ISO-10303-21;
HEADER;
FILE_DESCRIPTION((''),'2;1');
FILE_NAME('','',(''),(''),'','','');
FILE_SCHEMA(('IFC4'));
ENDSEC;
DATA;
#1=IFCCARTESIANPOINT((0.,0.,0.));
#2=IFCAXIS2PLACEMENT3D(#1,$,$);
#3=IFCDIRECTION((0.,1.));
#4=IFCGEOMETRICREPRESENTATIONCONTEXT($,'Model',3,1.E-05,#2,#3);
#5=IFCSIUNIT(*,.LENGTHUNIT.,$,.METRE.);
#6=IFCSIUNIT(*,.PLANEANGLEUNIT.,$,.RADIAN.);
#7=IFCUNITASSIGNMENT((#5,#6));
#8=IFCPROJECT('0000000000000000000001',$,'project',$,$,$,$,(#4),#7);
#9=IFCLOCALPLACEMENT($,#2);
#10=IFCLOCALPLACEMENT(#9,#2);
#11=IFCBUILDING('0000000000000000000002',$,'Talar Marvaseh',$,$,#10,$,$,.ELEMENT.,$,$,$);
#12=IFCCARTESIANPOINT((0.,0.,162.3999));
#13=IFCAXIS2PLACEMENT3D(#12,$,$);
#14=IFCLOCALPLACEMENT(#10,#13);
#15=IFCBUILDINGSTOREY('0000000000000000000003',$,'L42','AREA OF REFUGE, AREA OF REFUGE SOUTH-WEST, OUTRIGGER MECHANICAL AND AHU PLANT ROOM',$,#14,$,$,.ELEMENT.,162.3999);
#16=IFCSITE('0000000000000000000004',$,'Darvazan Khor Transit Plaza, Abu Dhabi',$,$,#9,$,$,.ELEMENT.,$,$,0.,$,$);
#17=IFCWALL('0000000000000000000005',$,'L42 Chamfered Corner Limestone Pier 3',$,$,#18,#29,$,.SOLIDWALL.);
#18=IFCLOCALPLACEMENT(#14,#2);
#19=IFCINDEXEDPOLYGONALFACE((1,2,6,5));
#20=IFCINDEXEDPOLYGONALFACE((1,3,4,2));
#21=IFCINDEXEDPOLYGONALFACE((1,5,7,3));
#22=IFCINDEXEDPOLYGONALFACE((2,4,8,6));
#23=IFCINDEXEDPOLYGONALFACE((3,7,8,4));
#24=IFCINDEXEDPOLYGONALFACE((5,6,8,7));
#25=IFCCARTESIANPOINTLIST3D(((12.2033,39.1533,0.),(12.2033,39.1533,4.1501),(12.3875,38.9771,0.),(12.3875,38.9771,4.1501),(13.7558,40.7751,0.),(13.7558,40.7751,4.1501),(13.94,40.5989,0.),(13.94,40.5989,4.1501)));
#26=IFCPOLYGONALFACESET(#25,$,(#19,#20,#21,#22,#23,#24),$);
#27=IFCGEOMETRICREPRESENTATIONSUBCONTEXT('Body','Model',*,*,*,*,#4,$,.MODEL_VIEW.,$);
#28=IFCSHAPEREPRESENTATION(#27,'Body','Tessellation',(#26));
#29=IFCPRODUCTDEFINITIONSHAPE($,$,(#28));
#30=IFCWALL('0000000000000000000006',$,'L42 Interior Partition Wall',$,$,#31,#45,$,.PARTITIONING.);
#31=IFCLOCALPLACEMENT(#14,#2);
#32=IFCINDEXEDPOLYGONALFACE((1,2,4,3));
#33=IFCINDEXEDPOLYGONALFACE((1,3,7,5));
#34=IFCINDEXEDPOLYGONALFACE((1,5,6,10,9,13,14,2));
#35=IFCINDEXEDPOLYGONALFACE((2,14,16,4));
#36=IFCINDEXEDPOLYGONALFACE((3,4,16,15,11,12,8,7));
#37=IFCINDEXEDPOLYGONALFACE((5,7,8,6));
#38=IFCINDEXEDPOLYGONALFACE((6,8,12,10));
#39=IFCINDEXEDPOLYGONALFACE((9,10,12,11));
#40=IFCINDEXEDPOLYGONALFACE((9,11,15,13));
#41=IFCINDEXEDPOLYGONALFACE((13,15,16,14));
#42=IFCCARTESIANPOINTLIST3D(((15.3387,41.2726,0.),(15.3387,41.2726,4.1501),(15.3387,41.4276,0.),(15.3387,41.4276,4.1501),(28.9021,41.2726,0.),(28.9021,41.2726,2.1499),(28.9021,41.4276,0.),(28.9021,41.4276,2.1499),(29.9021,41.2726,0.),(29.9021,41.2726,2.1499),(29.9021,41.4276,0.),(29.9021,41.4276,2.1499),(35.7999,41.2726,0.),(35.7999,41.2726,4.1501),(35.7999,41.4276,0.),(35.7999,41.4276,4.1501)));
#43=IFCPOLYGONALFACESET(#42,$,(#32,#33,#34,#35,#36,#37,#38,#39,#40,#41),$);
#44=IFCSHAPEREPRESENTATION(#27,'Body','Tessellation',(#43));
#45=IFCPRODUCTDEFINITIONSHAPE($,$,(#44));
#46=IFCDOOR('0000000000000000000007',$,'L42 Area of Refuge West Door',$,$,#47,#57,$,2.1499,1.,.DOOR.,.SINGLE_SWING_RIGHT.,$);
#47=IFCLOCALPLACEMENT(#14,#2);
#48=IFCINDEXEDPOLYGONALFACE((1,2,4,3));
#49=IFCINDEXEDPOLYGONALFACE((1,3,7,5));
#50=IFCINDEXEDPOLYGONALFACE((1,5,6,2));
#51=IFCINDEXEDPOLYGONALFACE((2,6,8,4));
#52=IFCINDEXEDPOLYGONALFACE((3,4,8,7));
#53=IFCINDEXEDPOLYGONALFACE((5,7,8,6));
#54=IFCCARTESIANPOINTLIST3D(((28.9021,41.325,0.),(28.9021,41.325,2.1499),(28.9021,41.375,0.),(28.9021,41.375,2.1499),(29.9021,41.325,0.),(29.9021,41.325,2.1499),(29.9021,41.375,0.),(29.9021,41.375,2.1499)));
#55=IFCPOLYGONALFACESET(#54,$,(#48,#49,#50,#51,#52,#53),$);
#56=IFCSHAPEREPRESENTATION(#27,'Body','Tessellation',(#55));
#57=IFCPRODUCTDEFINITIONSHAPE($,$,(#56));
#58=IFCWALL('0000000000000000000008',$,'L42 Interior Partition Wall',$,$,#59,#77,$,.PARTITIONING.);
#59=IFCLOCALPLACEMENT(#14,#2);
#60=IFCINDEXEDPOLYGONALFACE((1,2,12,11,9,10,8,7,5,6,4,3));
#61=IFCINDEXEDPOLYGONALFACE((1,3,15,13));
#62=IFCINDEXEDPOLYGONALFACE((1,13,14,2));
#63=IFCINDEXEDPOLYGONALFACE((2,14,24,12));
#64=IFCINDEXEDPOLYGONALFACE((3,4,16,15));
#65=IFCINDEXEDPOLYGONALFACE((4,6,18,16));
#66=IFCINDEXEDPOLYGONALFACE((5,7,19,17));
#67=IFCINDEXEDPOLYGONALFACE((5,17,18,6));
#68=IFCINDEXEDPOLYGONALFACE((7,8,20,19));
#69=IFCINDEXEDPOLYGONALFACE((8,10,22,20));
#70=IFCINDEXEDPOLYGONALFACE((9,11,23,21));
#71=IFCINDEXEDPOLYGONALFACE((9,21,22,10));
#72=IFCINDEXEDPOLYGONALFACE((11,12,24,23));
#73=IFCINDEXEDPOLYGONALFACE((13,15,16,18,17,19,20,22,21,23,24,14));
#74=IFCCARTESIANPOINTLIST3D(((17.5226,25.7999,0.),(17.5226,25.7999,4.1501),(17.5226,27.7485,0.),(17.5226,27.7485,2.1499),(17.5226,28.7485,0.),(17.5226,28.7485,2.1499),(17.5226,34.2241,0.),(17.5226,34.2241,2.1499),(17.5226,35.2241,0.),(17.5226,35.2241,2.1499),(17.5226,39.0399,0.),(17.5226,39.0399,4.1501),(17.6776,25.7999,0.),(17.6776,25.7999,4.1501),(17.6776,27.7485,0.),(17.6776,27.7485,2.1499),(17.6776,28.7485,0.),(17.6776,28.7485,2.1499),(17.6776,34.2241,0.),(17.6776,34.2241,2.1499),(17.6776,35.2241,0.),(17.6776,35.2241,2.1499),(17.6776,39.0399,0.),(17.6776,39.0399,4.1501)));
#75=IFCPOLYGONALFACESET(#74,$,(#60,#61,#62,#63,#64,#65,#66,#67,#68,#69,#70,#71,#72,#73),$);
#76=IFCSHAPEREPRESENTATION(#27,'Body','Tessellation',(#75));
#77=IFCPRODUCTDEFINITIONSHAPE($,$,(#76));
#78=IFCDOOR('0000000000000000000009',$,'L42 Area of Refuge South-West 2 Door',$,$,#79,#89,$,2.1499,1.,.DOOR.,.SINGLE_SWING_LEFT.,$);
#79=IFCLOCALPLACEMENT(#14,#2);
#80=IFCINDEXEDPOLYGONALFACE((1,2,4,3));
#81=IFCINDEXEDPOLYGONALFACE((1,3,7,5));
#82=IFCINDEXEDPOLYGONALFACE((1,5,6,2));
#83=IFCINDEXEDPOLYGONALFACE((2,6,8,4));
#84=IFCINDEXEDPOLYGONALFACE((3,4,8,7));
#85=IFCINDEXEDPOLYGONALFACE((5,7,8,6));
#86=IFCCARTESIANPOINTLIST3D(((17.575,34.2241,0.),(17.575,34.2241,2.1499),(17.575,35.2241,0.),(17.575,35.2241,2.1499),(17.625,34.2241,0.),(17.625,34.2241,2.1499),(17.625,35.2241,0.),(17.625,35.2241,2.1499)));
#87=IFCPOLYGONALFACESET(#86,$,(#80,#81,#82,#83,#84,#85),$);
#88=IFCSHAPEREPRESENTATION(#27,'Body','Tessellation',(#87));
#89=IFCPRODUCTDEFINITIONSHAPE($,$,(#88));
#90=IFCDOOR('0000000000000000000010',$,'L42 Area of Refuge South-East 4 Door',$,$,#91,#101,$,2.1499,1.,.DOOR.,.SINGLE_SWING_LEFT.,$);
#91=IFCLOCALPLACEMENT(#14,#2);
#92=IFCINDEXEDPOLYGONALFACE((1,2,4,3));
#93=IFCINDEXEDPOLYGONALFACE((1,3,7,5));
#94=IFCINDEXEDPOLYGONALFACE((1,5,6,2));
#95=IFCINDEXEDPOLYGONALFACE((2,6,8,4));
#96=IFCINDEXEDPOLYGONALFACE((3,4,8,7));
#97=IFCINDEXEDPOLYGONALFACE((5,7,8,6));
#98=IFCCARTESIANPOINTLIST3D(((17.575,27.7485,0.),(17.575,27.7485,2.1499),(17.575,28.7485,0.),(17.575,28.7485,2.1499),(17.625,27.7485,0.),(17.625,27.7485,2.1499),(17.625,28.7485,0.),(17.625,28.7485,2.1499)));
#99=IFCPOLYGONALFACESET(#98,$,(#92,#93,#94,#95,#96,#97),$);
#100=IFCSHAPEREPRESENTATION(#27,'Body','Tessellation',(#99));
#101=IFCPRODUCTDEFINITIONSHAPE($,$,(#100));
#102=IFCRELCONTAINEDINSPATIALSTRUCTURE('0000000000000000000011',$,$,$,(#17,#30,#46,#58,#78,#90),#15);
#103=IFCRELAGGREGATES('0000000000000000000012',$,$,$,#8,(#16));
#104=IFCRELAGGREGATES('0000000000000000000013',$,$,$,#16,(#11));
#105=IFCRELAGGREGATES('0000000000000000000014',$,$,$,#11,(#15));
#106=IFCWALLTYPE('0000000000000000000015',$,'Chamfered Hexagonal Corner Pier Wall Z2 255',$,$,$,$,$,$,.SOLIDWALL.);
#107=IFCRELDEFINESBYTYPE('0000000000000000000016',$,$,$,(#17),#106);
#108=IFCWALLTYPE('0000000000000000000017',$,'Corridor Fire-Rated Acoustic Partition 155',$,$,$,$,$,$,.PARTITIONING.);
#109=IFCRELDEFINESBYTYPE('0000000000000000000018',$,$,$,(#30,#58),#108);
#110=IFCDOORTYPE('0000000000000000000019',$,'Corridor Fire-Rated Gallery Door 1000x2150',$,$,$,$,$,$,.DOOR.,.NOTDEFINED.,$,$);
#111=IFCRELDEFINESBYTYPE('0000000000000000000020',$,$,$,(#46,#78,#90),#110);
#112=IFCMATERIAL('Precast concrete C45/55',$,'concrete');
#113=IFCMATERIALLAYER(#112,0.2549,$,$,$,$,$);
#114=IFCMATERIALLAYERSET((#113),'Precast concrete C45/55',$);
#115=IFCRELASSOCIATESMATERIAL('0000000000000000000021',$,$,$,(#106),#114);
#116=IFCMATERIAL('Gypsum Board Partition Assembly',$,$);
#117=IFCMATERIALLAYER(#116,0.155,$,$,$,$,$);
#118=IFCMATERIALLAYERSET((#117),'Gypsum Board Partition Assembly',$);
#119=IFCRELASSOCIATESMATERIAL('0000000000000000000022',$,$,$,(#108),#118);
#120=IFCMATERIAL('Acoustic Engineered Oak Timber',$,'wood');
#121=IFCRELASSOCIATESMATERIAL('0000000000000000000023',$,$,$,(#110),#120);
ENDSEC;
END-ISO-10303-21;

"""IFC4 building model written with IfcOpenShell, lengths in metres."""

from ifc_helpers import new_model, si_unit, direction, frame, frame_2d, origin, place, context, subcontext, project, spatial, rectangle, extrude, source, transform, mapped, material, layer, layer_set, type_object, type_shapes, element, fill, save


model = new_model("IFC4")

# Units and contexts
model_context = context("Model", 3, precision=1e-05, world=origin(), true_north=direction((0.0, 1.0)))
body_context = subcontext(model_context, "Body", "Model", "MODEL_VIEW")
ifc_project = project(units=[si_unit("LENGTHUNIT", "METRE"), si_unit("PLANEANGLEUNIT", "RADIAN")], contexts=[model_context])

# Site, building, storey
site_placement = place(None, origin())
site = spatial("IfcSite", under=ifc_project, at=site_placement, Name="Darvazan Khor Transit Plaza, Abu Dhabi", CompositionType="ELEMENT", RefElevation=0.0)
building_placement = place(site_placement, origin())
building = spatial("IfcBuilding", under=site, at=building_placement, Name="Talar Marvaseh", CompositionType="ELEMENT")
storey_placement = place(building_placement, frame((0.0, 0.0, 162.3999)))
storey = spatial("IfcBuildingStorey", under=building, at=storey_placement, Name="L42", Description="AREA OF REFUGE, AREA OF REFUGE SOUTH-WEST, OUTRIGGER MECHANICAL AND AHU PLANT ROOM", CompositionType="ELEMENT", Elevation=162.3999)

# Wall
ifc_material_1 = material(Name="Precast concrete C45/55", Category="concrete")
ifc_layer_1 = layer(ifc_material_1, 0.2549)
ifc_layer_set_1 = layer_set([ifc_layer_1], Name="Precast concrete C45/55")
wall_type_1 = type_object("IfcWallType", Name="Chamfered Hexagonal Corner Pier Wall Z2 255", PredefinedType="SOLIDWALL", material=ifc_layer_set_1)
wall_1_placement = place(storey_placement, frame((12.2954, 39.0652, 0.0), z_axis=(0.0, 0.0, 1.0), x_axis=(0.691497, 0.72238, 0.0)))
element("IfcWall", 1, at=wall_1_placement, inside=storey, type_object=wall_type_1, Name="L42 Chamfered Corner Limestone Pier 3", PredefinedType="SOLIDWALL", context=body_context, shape_type="SweptSolid", body=[
    extrude(rectangle(XDim=2.2451, YDim=0.2549, at=frame_2d((1.1226, 0.0))), origin(), (0.0, 0.0, 1.0), 4.1501),
])

# Wall, opening, door
ifc_material_2 = material(Name="Gypsum Board Partition Assembly")
ifc_layer_2 = layer(ifc_material_2, 0.155)
ifc_layer_set_2 = layer_set([ifc_layer_2], Name="Gypsum Board Partition Assembly")
wall_type_2 = type_object("IfcWallType", Name="Corridor Fire-Rated Acoustic Partition 155", PredefinedType="PARTITIONING", material=ifc_layer_set_2)
wall_2_placement = place(storey_placement, frame((15.3389, 41.3501, 0.0), z_axis=(0.0, 0.0, 1.0), x_axis=(1.0, 0.0, 0.0)))
wall_2 = element("IfcWall", 2, at=wall_2_placement, inside=storey, type_object=wall_type_2, Name="L42 Interior Partition Wall", PredefinedType="PARTITIONING", context=body_context, shape_type="SweptSolid", body=[
    extrude(rectangle(XDim=20.4612, YDim=0.155, at=frame_2d((10.2305, 0.0))), origin(), (0.0, 0.0, 1.0), 4.1501),
])
opening_1_placement = place(wall_2_placement, frame((13.5632, 0.0, 0.0)))
opening_1 = element("IfcOpeningElement", 3, at=opening_1_placement, cuts=wall_2, PredefinedType="OPENING", context=body_context, shape_type="SweptSolid", body=[
    extrude(rectangle(XDim=1.0, YDim=2.1499, at=frame_2d((0.5, 1.075))), frame((0.0, 0.0874, 0.0), z_axis=(0.0, -1.0, 0.0), x_axis=(1.0, 0.0, 0.0)), (0.0, 0.0, 1.0), 0.175),
])
ifc_material_3 = material(Name="Acoustic Engineered Oak Timber", Category="wood")
door_type = type_object("IfcDoorType", Name="Corridor Fire-Rated Gallery Door 1000x2150", OperationType="NOTDEFINED", PredefinedType="DOOR", material=ifc_material_3)
shared_shape_1 = source(origin(), body_context, "Body", "SweptSolid", [
    extrude(rectangle(XDim=1.0, YDim=2.1499, at=frame_2d((0.5, 1.075))), frame((0.0, 0.0249, 0.0), z_axis=(0.0, -1.0, 0.0), x_axis=(1.0, 0.0, 0.0)), (0.0, 0.0, 1.0), 0.05),
])
type_shapes(door_type, [shared_shape_1])
door_1_placement = place(opening_1_placement, origin())
door_1 = element("IfcDoor", 4, at=door_1_placement, inside=storey, type_object=door_type, Name="L42 Area of Refuge West Door", OperationType="SINGLE_SWING_RIGHT", OverallHeight=2.1499, OverallWidth=1.0, PredefinedType="DOOR", context=body_context, shape_type="MappedRepresentation", body=[
    mapped(shared_shape_1, transform((0.0, 0.0, 0.0), x_axis=(1.0, 0.0, 0.0), y_axis=(0.0, 1.0, 0.0), z_axis=(0.0, 0.0, 1.0), scale=1.0)),
])
fill(opening_1, door_1)

# Wall, openings, doors
wall_3_placement = place(storey_placement, frame((17.6001, 39.04, 0.0), z_axis=(0.0, 0.0, 1.0), x_axis=(0.0, -1.0, 0.0)))
wall_3 = element("IfcWall", 5, at=wall_3_placement, inside=storey, type_object=wall_type_2, Name="L42 Interior Partition Wall", PredefinedType="PARTITIONING", context=body_context, shape_type="SweptSolid", body=[
    extrude(rectangle(XDim=13.24, YDim=0.155, at=frame_2d((6.6201, 0.0))), origin(), (0.0, 0.0, 1.0), 4.1501),
])
opening_2_placement = place(wall_3_placement, frame((3.8159, 0.0, 0.0)))
opening_2 = element("IfcOpeningElement", 6, at=opening_2_placement, cuts=wall_3, PredefinedType="OPENING", context=body_context, shape_type="SweptSolid", body=[
    extrude(rectangle(XDim=1.0, YDim=2.1499, at=frame_2d((0.5, 1.075))), frame((0.0, 0.0874, 0.0), z_axis=(0.0, -1.0, 0.0), x_axis=(1.0, 0.0, 0.0)), (0.0, 0.0, 1.0), 0.175),
])
opening_3_placement = place(wall_3_placement, frame((10.2915, 0.0, 0.0)))
opening_3 = element("IfcOpeningElement", 7, at=opening_3_placement, cuts=wall_3, PredefinedType="OPENING", context=body_context, shape_type="SweptSolid", body=[
    extrude(rectangle(XDim=1.0, YDim=2.1499, at=frame_2d((0.5, 1.075))), frame((0.0, 0.0874, 0.0), z_axis=(0.0, -1.0, 0.0), x_axis=(1.0, 0.0, 0.0)), (0.0, 0.0, 1.0), 0.175),
])
door_2_placement = place(opening_2_placement, origin())
door_2 = element("IfcDoor", 8, at=door_2_placement, inside=storey, type_object=door_type, Name="L42 Area of Refuge South-West 2 Door", OperationType="SINGLE_SWING_LEFT", OverallHeight=2.1499, OverallWidth=1.0, PredefinedType="DOOR", context=body_context, shape_type="MappedRepresentation", body=[
    mapped(shared_shape_1, transform((0.0, 0.0, 0.0), x_axis=(1.0, 0.0, 0.0), y_axis=(0.0, 1.0, 0.0), z_axis=(0.0, 0.0, 1.0), scale=1.0)),
])
fill(opening_2, door_2)
door_3_placement = place(opening_3_placement, origin())
door_3 = element("IfcDoor", 9, at=door_3_placement, inside=storey, type_object=door_type, Name="L42 Area of Refuge South-East 4 Door", OperationType="SINGLE_SWING_LEFT", OverallHeight=2.1499, OverallWidth=1.0, PredefinedType="DOOR", context=body_context, shape_type="MappedRepresentation", body=[
    mapped(shared_shape_1, transform((0.0, 0.0, 0.0), x_axis=(1.0, 0.0, 0.0), y_axis=(0.0, 1.0, 0.0), z_axis=(0.0, 0.0, 1.0), scale=1.0)),
])
fill(opening_3, door_3)

save(model, "model.ifc")
